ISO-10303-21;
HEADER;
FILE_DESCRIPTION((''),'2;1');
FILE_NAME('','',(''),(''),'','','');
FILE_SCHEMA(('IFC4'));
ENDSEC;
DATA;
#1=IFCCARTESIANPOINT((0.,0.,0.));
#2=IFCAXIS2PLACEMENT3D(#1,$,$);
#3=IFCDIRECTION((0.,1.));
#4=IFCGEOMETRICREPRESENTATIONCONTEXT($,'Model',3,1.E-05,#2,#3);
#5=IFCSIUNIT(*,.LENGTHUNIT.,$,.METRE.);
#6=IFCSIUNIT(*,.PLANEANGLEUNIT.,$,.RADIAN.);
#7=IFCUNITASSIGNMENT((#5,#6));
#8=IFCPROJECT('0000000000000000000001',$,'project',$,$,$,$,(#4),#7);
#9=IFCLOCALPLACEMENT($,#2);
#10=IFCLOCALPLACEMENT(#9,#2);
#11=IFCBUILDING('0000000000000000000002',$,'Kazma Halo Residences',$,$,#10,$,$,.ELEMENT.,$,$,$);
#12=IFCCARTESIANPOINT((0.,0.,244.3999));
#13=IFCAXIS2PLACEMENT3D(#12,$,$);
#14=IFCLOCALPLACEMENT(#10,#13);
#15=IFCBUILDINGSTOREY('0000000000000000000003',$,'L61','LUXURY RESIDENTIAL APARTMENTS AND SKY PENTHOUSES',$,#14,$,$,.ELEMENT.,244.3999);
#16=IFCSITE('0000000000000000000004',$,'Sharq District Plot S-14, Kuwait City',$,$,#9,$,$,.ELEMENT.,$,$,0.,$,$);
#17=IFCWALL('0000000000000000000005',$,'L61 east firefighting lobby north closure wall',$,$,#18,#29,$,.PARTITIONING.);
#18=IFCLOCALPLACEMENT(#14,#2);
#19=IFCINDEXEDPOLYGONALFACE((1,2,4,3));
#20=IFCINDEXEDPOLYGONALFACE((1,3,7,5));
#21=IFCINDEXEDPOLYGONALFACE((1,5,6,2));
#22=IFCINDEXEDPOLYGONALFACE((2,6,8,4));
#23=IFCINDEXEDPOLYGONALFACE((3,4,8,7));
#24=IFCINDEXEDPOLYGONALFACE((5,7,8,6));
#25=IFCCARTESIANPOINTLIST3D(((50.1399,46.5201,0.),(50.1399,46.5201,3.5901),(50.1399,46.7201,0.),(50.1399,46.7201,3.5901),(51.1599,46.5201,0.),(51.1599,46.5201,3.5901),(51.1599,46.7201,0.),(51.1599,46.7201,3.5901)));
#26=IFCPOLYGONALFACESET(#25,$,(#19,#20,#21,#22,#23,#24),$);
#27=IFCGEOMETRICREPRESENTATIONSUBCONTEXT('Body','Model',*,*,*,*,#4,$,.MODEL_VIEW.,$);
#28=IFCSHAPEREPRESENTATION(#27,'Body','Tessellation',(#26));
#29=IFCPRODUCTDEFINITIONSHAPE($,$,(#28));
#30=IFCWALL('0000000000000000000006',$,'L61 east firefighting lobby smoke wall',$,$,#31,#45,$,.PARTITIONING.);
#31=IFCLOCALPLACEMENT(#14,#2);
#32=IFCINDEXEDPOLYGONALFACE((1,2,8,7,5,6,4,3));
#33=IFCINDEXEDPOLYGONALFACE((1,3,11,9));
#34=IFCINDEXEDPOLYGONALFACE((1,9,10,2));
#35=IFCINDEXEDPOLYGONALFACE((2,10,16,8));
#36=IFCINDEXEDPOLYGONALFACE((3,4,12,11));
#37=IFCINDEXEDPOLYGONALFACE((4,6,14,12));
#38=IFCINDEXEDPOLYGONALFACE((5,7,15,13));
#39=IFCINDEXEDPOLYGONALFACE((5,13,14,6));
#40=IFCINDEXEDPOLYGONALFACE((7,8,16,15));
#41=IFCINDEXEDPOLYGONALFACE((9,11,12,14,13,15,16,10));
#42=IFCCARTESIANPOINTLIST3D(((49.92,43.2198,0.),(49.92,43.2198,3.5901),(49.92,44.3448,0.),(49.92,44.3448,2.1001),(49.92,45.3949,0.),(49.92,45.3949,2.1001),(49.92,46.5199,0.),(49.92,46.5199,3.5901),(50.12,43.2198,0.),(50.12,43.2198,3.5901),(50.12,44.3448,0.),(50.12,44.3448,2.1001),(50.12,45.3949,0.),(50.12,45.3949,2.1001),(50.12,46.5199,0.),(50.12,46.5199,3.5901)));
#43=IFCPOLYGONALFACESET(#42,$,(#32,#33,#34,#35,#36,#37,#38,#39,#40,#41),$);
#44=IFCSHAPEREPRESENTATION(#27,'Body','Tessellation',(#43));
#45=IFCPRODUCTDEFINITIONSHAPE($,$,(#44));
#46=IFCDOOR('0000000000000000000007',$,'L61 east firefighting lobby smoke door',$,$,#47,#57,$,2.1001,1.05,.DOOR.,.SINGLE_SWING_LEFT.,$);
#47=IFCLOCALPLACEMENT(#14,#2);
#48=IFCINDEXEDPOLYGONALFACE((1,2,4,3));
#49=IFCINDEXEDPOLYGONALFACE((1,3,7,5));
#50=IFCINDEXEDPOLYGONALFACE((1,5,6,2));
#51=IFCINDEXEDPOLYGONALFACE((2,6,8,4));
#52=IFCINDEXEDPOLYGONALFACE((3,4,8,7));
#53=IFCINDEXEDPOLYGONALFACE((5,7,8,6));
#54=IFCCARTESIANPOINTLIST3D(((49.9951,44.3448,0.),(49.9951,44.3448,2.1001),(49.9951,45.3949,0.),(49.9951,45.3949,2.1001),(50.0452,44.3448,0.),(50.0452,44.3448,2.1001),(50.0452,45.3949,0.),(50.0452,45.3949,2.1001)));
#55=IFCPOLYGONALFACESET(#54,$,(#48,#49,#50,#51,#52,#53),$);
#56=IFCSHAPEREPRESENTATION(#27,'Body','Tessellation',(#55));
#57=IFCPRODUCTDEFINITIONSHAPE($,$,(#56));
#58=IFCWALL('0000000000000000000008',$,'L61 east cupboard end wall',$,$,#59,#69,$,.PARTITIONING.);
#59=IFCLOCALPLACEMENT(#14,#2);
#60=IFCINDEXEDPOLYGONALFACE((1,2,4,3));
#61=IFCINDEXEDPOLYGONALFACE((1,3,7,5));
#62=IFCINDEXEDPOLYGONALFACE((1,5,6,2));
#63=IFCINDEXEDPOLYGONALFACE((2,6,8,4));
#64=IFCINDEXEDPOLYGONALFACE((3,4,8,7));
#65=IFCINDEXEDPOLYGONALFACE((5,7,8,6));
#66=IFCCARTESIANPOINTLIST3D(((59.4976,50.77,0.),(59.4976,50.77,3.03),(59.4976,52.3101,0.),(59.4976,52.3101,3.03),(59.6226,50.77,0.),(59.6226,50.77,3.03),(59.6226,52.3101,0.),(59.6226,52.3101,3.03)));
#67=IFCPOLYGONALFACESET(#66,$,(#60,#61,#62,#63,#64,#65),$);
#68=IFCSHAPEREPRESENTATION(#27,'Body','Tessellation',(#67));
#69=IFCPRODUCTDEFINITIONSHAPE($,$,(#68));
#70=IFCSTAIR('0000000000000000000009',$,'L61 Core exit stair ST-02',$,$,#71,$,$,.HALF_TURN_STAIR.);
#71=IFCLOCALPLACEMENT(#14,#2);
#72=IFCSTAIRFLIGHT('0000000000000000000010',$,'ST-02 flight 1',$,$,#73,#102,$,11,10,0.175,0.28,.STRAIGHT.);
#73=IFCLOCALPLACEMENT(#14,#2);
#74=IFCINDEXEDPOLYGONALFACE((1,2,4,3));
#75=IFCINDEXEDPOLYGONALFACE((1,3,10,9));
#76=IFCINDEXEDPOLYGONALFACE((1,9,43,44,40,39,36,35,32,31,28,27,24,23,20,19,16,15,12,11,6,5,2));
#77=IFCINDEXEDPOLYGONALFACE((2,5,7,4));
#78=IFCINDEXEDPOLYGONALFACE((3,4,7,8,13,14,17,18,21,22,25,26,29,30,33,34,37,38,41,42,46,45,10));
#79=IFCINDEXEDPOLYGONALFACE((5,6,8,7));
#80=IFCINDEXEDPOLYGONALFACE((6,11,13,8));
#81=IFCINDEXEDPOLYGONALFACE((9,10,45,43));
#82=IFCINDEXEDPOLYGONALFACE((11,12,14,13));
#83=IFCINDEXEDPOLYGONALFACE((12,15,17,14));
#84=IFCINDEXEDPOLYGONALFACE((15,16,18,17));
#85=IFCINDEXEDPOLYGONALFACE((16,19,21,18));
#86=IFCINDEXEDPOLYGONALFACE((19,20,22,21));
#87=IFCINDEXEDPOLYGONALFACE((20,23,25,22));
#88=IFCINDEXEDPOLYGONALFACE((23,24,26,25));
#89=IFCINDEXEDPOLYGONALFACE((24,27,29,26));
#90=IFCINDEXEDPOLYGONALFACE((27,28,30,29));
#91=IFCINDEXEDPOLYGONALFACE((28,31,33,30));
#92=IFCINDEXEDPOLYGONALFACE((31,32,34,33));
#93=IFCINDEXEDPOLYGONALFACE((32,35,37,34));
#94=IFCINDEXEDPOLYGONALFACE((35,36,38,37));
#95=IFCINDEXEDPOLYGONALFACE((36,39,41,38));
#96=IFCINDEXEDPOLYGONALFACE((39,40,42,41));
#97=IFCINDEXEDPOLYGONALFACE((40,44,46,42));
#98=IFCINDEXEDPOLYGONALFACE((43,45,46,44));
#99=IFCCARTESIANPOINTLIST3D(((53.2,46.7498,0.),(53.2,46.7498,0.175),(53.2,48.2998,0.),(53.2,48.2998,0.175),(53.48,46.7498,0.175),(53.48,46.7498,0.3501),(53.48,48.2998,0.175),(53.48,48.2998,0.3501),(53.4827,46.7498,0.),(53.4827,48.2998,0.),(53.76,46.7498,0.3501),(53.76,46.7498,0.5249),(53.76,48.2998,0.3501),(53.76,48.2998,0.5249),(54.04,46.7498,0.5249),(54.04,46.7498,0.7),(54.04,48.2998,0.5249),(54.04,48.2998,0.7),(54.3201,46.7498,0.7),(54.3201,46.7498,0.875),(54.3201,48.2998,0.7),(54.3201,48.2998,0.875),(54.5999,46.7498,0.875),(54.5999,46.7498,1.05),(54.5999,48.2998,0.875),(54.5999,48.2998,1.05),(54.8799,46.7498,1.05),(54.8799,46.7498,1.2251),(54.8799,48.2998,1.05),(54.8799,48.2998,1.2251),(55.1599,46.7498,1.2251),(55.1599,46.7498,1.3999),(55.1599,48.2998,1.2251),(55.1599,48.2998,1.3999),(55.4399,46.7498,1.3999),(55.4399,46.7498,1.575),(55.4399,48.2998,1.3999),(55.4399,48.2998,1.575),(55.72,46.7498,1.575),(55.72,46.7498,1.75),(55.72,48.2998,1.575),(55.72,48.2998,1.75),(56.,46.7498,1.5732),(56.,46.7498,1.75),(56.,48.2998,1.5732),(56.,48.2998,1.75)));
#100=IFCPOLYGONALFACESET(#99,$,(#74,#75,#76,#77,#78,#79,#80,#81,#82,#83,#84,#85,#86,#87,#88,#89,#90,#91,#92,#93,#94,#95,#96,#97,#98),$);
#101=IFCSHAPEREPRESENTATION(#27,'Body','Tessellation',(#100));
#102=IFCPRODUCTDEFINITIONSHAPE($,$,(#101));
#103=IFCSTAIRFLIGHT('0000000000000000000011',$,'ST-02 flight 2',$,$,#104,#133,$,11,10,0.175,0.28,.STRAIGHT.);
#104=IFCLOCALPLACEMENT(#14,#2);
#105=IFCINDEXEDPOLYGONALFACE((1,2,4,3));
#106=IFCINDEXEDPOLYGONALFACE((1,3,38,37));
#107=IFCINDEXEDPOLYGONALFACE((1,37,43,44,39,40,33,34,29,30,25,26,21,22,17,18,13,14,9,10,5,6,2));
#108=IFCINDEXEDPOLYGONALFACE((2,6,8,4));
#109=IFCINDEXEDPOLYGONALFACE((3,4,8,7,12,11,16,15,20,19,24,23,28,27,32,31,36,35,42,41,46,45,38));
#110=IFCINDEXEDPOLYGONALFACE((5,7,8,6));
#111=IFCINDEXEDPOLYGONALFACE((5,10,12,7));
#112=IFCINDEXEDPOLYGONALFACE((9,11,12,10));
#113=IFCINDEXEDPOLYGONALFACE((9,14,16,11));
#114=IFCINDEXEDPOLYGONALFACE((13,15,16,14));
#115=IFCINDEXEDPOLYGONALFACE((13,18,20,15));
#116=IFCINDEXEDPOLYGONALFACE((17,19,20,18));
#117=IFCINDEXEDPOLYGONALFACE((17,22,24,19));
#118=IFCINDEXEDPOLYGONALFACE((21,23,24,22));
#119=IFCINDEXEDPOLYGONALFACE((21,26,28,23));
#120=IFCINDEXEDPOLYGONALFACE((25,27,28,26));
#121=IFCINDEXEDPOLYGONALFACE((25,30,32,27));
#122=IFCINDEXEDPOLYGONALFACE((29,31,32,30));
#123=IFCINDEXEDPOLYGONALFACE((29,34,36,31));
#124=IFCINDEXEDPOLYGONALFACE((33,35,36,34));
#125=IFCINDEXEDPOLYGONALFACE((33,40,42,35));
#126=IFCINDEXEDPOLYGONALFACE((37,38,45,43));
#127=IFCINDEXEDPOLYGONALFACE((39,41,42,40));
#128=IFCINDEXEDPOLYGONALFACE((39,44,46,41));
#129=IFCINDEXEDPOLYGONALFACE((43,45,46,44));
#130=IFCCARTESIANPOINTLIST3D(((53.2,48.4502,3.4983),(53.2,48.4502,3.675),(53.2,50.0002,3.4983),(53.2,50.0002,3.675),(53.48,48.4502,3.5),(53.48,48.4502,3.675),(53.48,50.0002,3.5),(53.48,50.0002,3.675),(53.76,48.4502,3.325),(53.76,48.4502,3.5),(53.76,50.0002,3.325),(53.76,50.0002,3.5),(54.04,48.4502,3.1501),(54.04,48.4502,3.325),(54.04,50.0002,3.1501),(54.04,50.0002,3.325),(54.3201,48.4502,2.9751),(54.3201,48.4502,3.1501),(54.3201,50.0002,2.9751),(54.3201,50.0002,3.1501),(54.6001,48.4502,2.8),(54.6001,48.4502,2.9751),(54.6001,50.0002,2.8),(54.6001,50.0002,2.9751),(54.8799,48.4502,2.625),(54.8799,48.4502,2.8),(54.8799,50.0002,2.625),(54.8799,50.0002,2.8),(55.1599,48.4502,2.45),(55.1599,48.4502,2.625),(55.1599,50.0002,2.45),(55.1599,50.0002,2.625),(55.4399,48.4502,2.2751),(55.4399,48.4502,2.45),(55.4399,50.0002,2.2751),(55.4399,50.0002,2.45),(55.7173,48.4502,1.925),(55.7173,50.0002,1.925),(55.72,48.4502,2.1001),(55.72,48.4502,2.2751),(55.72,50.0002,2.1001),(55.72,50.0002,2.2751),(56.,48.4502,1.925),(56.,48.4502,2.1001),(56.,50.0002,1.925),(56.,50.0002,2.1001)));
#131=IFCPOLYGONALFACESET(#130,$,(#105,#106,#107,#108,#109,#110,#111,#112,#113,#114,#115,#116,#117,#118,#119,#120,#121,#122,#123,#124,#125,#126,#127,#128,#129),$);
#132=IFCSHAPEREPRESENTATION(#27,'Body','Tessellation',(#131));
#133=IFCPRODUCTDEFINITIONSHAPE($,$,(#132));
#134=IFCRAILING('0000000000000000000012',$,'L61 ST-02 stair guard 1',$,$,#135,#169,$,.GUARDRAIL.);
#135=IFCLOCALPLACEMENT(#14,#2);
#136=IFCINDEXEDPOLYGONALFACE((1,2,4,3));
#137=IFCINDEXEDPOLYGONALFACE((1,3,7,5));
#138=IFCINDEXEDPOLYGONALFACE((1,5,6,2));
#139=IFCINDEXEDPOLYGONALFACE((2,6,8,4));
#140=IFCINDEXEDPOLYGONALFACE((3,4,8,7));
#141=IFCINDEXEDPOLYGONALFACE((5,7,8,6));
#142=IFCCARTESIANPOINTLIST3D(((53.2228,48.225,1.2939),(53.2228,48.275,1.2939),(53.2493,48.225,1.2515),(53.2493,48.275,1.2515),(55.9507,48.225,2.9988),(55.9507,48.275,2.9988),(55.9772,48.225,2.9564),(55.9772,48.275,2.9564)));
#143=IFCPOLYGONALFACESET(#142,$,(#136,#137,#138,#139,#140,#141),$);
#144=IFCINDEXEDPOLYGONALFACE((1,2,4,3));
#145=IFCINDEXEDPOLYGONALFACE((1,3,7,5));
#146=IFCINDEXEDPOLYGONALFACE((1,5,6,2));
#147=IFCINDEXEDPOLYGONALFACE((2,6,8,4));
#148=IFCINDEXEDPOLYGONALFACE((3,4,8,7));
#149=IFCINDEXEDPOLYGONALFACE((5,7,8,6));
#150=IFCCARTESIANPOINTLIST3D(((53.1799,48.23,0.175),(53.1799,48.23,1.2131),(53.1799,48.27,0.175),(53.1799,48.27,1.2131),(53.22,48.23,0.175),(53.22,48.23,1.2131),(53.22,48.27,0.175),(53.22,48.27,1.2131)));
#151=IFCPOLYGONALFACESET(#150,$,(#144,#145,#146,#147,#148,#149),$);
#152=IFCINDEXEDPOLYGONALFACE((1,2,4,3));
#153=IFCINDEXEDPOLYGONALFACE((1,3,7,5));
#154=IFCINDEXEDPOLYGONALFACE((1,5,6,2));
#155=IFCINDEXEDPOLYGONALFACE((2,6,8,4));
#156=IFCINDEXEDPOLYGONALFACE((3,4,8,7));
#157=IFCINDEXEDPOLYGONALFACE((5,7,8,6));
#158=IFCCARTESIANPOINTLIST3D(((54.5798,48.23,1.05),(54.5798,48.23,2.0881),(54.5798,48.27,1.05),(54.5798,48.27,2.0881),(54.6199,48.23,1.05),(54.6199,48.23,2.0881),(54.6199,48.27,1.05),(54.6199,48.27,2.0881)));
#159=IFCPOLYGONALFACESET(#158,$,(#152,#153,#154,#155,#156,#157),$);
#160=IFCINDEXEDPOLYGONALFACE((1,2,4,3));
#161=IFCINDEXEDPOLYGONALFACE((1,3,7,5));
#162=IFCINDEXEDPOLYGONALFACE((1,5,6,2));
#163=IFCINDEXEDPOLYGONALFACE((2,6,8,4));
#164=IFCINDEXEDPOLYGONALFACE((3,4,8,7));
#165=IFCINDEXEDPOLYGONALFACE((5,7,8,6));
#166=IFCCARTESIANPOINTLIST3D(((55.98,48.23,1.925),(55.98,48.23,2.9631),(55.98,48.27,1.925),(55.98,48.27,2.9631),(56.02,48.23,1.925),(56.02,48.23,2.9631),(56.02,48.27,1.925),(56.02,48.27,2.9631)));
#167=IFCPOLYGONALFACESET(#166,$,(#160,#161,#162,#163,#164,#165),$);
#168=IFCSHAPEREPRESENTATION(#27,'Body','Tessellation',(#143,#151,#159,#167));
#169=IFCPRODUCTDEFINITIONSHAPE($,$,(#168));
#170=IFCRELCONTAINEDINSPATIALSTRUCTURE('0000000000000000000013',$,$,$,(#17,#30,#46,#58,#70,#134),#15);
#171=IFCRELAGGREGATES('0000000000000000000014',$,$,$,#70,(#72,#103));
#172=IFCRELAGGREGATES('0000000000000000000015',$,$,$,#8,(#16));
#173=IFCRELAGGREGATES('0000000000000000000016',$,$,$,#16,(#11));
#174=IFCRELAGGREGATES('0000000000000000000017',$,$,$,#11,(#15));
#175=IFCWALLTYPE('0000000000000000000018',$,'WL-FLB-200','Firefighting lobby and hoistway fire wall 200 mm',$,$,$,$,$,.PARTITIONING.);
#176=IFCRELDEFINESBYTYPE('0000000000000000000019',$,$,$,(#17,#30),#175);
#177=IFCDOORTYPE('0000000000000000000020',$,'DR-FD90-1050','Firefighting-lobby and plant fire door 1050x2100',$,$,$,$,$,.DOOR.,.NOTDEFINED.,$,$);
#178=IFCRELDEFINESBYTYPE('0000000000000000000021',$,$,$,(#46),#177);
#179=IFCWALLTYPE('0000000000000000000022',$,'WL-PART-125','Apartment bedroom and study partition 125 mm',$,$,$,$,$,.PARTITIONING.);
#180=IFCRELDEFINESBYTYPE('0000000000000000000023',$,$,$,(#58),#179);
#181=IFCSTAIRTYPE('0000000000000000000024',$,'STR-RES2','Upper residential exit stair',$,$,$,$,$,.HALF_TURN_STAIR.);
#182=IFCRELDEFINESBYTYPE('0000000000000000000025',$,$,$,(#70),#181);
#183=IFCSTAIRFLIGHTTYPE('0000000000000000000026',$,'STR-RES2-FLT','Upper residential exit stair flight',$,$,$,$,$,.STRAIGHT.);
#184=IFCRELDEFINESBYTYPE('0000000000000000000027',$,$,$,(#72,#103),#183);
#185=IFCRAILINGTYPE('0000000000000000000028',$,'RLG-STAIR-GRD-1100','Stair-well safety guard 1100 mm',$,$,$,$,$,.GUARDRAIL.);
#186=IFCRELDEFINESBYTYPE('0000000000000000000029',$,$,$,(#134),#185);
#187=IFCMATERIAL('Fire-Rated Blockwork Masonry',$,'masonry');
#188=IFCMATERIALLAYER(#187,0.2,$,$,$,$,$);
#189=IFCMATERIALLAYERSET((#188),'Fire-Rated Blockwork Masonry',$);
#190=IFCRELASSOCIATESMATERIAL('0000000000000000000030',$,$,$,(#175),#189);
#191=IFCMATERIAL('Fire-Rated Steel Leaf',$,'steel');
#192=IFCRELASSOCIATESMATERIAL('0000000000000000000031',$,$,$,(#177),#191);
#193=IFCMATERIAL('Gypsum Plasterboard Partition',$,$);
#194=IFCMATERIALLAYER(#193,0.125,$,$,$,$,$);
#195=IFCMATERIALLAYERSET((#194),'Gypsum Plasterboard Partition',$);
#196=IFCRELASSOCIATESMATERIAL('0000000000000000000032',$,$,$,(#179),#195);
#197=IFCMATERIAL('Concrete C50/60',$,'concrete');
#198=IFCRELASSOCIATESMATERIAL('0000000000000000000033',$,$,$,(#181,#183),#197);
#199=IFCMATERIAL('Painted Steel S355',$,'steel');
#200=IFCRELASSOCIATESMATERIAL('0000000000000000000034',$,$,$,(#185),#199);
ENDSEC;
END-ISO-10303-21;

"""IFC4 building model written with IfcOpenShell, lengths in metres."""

from ifc_helpers import new_model, si_unit, direction, frame, frame_2d, origin, origin_2d, place, context, subcontext, project, spatial, polyline, rectangle, outline, extrude, material, layer, layer_set, type_object, element, fill, aggregate, save


model = new_model("IFC4")

# Units and contexts
model_context = context("Model", 3, precision=1e-05, world=origin(), true_north=direction((0.0, 1.0)))
body_context = subcontext(model_context, "Body", "Model", "MODEL_VIEW")
ifc_project = project(units=[si_unit("LENGTHUNIT", "METRE"), si_unit("PLANEANGLEUNIT", "RADIAN")], contexts=[model_context])

# Site, building, storey
site_placement = place(None, origin())
site = spatial("IfcSite", under=ifc_project, at=site_placement, Name="Sharq District Plot S-14, Kuwait City", CompositionType="ELEMENT", RefElevation=0.0)
building_placement = place(site_placement, origin())
building = spatial("IfcBuilding", under=site, at=building_placement, Name="Kazma Halo Residences", CompositionType="ELEMENT")
storey_placement = place(building_placement, frame((0.0, 0.0, 244.3999)))
storey = spatial("IfcBuildingStorey", under=building, at=storey_placement, Name="L61", Description="LUXURY RESIDENTIAL APARTMENTS AND SKY PENTHOUSES", CompositionType="ELEMENT", Elevation=244.3999)

# Shared definitions
ifc_material_1 = material(Name="Fire-Rated Blockwork Masonry", Category="masonry")
ifc_layer_1 = layer(ifc_material_1, 0.2)
ifc_layer_set_1 = layer_set([ifc_layer_1], Name="Fire-Rated Blockwork Masonry")
wall_type_1 = type_object("IfcWallType", Name="WL-FLB-200", Description="Firefighting lobby and hoistway fire wall 200 mm", PredefinedType="PARTITIONING", material=ifc_layer_set_1)

# Wall
wall_1_placement = place(storey_placement, frame((50.1399, 46.6201, 0.0), z_axis=(0.0, 0.0, 1.0), x_axis=(1.0, 0.0, 0.0)))
element("IfcWall", 1, at=wall_1_placement, inside=storey, type_object=wall_type_1, Name="L61 east firefighting lobby north closure wall", PredefinedType="PARTITIONING", context=body_context, shape_type="SweptSolid", body=[
    extrude(rectangle(XDim=1.02, YDim=0.2, at=frame_2d((0.51, 0.0))), origin(), (0.0, 0.0, 1.0), 3.5901),
])

# Wall, opening, door
wall_2_placement = place(storey_placement, frame((50.02, 43.22, 0.0), z_axis=(0.0, 0.0, 1.0), x_axis=(0.0, 1.0, 0.0)))
wall_2 = element("IfcWall", 2, at=wall_2_placement, inside=storey, type_object=wall_type_1, Name="L61 east firefighting lobby smoke wall", PredefinedType="PARTITIONING", context=body_context, shape_type="SweptSolid", body=[
    extrude(rectangle(XDim=3.3, YDim=0.2, at=frame_2d((1.6499, 0.0))), origin(), (0.0, 0.0, 1.0), 3.5901),
])
opening_1_placement = place(wall_2_placement, frame((1.125, 0.0, 0.0)))
opening_1 = element("IfcOpeningElement", 3, at=opening_1_placement, cuts=wall_2, PredefinedType="OPENING", context=body_context, shape_type="SweptSolid", body=[
    extrude(rectangle(XDim=1.05, YDim=2.1001, at=frame_2d((0.5249, 1.05))), frame((0.0, 0.1099, 0.0), z_axis=(0.0, -1.0, 0.0), x_axis=(1.0, 0.0, 0.0)), (0.0, 0.0, 1.0), 0.22),
])
ifc_material_2 = material(Name="Fire-Rated Steel Leaf", Category="steel")
door_type_1 = type_object("IfcDoorType", Name="DR-FD90-1050", Description="Firefighting-lobby and plant fire door 1050x2100", OperationType="NOTDEFINED", PredefinedType="DOOR", material=ifc_material_2)
door_1_placement = place(opening_1_placement, origin())
door_1 = element("IfcDoor", 4, at=door_1_placement, inside=storey, type_object=door_type_1, Name="L61 east firefighting lobby smoke door", OperationType="SINGLE_SWING_LEFT", OverallHeight=2.1001, OverallWidth=1.05, PredefinedType="DOOR", context=body_context, shape_type="SweptSolid", body=[
    extrude(rectangle(XDim=1.05, YDim=2.1001, at=frame_2d((0.5249, 1.05))), frame((0.0, 0.0249, 0.0), z_axis=(0.0, -1.0, 0.0), x_axis=(1.0, 0.0, 0.0)), (0.0, 0.0, 1.0), 0.05),
])
fill(opening_1, door_1)

# Wall
ifc_material_3 = material(Name="Gypsum Plasterboard Partition")
ifc_layer_2 = layer(ifc_material_3, 0.125)
ifc_layer_set_2 = layer_set([ifc_layer_2], Name="Gypsum Plasterboard Partition")
wall_type_2 = type_object("IfcWallType", Name="WL-PART-125", Description="Apartment bedroom and study partition 125 mm", PredefinedType="PARTITIONING", material=ifc_layer_set_2)
wall_3_placement = place(storey_placement, frame((59.5601, 50.77, 0.0), z_axis=(0.0, 0.0, 1.0), x_axis=(0.0, 1.0, 0.0)))
element("IfcWall", 5, at=wall_3_placement, inside=storey, type_object=wall_type_2, Name="L61 east cupboard end wall", PredefinedType="PARTITIONING", context=body_context, shape_type="SweptSolid", body=[
    extrude(rectangle(XDim=1.54, YDim=0.125, at=frame_2d((0.77, 0.0))), origin(), (0.0, 0.0, 1.0), 3.03),
])

# Shared definitions
ifc_material_4 = material(Name="Concrete C50/60", Category="concrete")

# Stair, stair flights
stair_type = type_object("IfcStairType", Name="STR-RES2", Description="Upper residential exit stair", PredefinedType="HALF_TURN_STAIR", material=ifc_material_4)
stair_placement = place(storey_placement, origin())
stair = element("IfcStair", 6, at=stair_placement, inside=storey, type_object=stair_type, Name="L61 Core exit stair ST-02", PredefinedType="HALF_TURN_STAIR")
stair_flight_type = type_object("IfcStairFlightType", Name="STR-RES2-FLT", Description="Upper residential exit stair flight", PredefinedType="STRAIGHT", material=ifc_material_4)
stair_flight_1_placement = place(storey_placement, frame((53.2, 47.5249, 0.0), z_axis=(0.0, 0.0, 1.0), x_axis=(1.0, 0.0, 0.0)))
stair_flight_1 = element("IfcStairFlight", 7, at=stair_flight_1_placement, type_object=stair_flight_type, Name="ST-02 flight 1", NumberOfRisers=11, NumberOfTreads=10, PredefinedType="STRAIGHT", RiserHeight=0.175, TreadLength=0.28, context=body_context, shape_type="SweptSolid", body=[
    extrude(outline(polyline([(0.0, 0.0), (0.0, 0.175), (0.28, 0.175), (0.28, 0.3501), (0.5601, 0.3501), (0.5601, 0.5249), (0.8401, 0.5249), (0.8401, 0.7), (1.1201, 0.7), (1.1201, 0.875), (1.3999, 0.875), (1.3999, 1.05), (1.6799, 1.05), (1.6799, 1.2251), (1.96, 1.2251), (1.96, 1.3999), (2.24, 1.3999), (2.24, 1.575), (2.52, 1.575), (2.52, 1.75), (2.8, 1.75), (2.8, 1.925), (2.8, 1.5732), (0.2827, 0.0), (0.0, 0.0)])), frame((0.0, 0.7749, 0.0), z_axis=(0.0, -1.0, 0.0), x_axis=(1.0, 0.0, 0.0)), (0.0, 0.0, 1.0), 1.55),
])
stair_flight_2_placement = place(storey_placement, frame((56.0, 49.2251, 1.925), z_axis=(0.0, 0.0, 1.0), x_axis=(-1.0, 0.0, 0.0)))
stair_flight_2 = element("IfcStairFlight", 8, at=stair_flight_2_placement, type_object=stair_flight_type, Name="ST-02 flight 2", NumberOfRisers=11, NumberOfTreads=10, PredefinedType="STRAIGHT", RiserHeight=0.175, TreadLength=0.28, context=body_context, shape_type="SweptSolid", body=[
    extrude(outline(polyline([(0.0, 0.0), (0.0, 0.175), (0.28, 0.175), (0.28, 0.3501), (0.5601, 0.3501), (0.5601, 0.5249), (0.8401, 0.5249), (0.8401, 0.7), (1.1201, 0.7), (1.1201, 0.875), (1.3999, 0.875), (1.3999, 1.05), (1.6799, 1.05), (1.6799, 1.2251), (1.96, 1.2251), (1.96, 1.3999), (2.24, 1.3999), (2.24, 1.575), (2.52, 1.575), (2.52, 1.75), (2.8, 1.75), (2.8, 1.925), (2.8, 1.5732), (0.2827, 0.0), (0.0, 0.0)])), frame((0.0, 0.7749, 0.0), z_axis=(0.0, -1.0, 0.0), x_axis=(1.0, 0.0, 0.0)), (0.0, 0.0, 1.0), 1.55),
])
aggregate(stair, [stair_flight_1, stair_flight_2])

# Railing
ifc_material_5 = material(Name="Painted Steel S355", Category="steel")
railing_type_1 = type_object("IfcRailingType", Name="RLG-STAIR-GRD-1100", Description="Stair-well safety guard 1100 mm", PredefinedType="GUARDRAIL", material=ifc_material_5)
railing_1_placement = place(storey_placement, frame((53.2, 48.25, 0.175)))
element("IfcRailing", 9, at=railing_1_placement, inside=storey, type_object=railing_type_1, Name="L61 ST-02 stair guard 1", PredefinedType="GUARDRAIL", context=body_context, shape_type="SweptSolid", body=[
    extrude(rectangle(XDim=0.05, YDim=0.05, at=origin_2d()), frame((0.0361, 0.0, 1.0977), z_axis=(0.848002, 0.0, 0.529992), x_axis=(0.0, 1.0, 0.0)), (0.0, 0.0, 1.0), 3.2168),
    extrude(rectangle(XDim=0.04, YDim=0.04, at=origin_2d()), origin(), (0.0, 0.0, 1.0), 1.0381),
    extrude(rectangle(XDim=0.04, YDim=0.04, at=origin_2d()), frame((1.3999, 0.0, 0.875)), (0.0, 0.0, 1.0), 1.0381),
    extrude(rectangle(XDim=0.04, YDim=0.04, at=origin_2d()), frame((2.8, 0.0, 1.75)), (0.0, 0.0, 1.0), 1.0381),
])

save(model, "model.ifc")
